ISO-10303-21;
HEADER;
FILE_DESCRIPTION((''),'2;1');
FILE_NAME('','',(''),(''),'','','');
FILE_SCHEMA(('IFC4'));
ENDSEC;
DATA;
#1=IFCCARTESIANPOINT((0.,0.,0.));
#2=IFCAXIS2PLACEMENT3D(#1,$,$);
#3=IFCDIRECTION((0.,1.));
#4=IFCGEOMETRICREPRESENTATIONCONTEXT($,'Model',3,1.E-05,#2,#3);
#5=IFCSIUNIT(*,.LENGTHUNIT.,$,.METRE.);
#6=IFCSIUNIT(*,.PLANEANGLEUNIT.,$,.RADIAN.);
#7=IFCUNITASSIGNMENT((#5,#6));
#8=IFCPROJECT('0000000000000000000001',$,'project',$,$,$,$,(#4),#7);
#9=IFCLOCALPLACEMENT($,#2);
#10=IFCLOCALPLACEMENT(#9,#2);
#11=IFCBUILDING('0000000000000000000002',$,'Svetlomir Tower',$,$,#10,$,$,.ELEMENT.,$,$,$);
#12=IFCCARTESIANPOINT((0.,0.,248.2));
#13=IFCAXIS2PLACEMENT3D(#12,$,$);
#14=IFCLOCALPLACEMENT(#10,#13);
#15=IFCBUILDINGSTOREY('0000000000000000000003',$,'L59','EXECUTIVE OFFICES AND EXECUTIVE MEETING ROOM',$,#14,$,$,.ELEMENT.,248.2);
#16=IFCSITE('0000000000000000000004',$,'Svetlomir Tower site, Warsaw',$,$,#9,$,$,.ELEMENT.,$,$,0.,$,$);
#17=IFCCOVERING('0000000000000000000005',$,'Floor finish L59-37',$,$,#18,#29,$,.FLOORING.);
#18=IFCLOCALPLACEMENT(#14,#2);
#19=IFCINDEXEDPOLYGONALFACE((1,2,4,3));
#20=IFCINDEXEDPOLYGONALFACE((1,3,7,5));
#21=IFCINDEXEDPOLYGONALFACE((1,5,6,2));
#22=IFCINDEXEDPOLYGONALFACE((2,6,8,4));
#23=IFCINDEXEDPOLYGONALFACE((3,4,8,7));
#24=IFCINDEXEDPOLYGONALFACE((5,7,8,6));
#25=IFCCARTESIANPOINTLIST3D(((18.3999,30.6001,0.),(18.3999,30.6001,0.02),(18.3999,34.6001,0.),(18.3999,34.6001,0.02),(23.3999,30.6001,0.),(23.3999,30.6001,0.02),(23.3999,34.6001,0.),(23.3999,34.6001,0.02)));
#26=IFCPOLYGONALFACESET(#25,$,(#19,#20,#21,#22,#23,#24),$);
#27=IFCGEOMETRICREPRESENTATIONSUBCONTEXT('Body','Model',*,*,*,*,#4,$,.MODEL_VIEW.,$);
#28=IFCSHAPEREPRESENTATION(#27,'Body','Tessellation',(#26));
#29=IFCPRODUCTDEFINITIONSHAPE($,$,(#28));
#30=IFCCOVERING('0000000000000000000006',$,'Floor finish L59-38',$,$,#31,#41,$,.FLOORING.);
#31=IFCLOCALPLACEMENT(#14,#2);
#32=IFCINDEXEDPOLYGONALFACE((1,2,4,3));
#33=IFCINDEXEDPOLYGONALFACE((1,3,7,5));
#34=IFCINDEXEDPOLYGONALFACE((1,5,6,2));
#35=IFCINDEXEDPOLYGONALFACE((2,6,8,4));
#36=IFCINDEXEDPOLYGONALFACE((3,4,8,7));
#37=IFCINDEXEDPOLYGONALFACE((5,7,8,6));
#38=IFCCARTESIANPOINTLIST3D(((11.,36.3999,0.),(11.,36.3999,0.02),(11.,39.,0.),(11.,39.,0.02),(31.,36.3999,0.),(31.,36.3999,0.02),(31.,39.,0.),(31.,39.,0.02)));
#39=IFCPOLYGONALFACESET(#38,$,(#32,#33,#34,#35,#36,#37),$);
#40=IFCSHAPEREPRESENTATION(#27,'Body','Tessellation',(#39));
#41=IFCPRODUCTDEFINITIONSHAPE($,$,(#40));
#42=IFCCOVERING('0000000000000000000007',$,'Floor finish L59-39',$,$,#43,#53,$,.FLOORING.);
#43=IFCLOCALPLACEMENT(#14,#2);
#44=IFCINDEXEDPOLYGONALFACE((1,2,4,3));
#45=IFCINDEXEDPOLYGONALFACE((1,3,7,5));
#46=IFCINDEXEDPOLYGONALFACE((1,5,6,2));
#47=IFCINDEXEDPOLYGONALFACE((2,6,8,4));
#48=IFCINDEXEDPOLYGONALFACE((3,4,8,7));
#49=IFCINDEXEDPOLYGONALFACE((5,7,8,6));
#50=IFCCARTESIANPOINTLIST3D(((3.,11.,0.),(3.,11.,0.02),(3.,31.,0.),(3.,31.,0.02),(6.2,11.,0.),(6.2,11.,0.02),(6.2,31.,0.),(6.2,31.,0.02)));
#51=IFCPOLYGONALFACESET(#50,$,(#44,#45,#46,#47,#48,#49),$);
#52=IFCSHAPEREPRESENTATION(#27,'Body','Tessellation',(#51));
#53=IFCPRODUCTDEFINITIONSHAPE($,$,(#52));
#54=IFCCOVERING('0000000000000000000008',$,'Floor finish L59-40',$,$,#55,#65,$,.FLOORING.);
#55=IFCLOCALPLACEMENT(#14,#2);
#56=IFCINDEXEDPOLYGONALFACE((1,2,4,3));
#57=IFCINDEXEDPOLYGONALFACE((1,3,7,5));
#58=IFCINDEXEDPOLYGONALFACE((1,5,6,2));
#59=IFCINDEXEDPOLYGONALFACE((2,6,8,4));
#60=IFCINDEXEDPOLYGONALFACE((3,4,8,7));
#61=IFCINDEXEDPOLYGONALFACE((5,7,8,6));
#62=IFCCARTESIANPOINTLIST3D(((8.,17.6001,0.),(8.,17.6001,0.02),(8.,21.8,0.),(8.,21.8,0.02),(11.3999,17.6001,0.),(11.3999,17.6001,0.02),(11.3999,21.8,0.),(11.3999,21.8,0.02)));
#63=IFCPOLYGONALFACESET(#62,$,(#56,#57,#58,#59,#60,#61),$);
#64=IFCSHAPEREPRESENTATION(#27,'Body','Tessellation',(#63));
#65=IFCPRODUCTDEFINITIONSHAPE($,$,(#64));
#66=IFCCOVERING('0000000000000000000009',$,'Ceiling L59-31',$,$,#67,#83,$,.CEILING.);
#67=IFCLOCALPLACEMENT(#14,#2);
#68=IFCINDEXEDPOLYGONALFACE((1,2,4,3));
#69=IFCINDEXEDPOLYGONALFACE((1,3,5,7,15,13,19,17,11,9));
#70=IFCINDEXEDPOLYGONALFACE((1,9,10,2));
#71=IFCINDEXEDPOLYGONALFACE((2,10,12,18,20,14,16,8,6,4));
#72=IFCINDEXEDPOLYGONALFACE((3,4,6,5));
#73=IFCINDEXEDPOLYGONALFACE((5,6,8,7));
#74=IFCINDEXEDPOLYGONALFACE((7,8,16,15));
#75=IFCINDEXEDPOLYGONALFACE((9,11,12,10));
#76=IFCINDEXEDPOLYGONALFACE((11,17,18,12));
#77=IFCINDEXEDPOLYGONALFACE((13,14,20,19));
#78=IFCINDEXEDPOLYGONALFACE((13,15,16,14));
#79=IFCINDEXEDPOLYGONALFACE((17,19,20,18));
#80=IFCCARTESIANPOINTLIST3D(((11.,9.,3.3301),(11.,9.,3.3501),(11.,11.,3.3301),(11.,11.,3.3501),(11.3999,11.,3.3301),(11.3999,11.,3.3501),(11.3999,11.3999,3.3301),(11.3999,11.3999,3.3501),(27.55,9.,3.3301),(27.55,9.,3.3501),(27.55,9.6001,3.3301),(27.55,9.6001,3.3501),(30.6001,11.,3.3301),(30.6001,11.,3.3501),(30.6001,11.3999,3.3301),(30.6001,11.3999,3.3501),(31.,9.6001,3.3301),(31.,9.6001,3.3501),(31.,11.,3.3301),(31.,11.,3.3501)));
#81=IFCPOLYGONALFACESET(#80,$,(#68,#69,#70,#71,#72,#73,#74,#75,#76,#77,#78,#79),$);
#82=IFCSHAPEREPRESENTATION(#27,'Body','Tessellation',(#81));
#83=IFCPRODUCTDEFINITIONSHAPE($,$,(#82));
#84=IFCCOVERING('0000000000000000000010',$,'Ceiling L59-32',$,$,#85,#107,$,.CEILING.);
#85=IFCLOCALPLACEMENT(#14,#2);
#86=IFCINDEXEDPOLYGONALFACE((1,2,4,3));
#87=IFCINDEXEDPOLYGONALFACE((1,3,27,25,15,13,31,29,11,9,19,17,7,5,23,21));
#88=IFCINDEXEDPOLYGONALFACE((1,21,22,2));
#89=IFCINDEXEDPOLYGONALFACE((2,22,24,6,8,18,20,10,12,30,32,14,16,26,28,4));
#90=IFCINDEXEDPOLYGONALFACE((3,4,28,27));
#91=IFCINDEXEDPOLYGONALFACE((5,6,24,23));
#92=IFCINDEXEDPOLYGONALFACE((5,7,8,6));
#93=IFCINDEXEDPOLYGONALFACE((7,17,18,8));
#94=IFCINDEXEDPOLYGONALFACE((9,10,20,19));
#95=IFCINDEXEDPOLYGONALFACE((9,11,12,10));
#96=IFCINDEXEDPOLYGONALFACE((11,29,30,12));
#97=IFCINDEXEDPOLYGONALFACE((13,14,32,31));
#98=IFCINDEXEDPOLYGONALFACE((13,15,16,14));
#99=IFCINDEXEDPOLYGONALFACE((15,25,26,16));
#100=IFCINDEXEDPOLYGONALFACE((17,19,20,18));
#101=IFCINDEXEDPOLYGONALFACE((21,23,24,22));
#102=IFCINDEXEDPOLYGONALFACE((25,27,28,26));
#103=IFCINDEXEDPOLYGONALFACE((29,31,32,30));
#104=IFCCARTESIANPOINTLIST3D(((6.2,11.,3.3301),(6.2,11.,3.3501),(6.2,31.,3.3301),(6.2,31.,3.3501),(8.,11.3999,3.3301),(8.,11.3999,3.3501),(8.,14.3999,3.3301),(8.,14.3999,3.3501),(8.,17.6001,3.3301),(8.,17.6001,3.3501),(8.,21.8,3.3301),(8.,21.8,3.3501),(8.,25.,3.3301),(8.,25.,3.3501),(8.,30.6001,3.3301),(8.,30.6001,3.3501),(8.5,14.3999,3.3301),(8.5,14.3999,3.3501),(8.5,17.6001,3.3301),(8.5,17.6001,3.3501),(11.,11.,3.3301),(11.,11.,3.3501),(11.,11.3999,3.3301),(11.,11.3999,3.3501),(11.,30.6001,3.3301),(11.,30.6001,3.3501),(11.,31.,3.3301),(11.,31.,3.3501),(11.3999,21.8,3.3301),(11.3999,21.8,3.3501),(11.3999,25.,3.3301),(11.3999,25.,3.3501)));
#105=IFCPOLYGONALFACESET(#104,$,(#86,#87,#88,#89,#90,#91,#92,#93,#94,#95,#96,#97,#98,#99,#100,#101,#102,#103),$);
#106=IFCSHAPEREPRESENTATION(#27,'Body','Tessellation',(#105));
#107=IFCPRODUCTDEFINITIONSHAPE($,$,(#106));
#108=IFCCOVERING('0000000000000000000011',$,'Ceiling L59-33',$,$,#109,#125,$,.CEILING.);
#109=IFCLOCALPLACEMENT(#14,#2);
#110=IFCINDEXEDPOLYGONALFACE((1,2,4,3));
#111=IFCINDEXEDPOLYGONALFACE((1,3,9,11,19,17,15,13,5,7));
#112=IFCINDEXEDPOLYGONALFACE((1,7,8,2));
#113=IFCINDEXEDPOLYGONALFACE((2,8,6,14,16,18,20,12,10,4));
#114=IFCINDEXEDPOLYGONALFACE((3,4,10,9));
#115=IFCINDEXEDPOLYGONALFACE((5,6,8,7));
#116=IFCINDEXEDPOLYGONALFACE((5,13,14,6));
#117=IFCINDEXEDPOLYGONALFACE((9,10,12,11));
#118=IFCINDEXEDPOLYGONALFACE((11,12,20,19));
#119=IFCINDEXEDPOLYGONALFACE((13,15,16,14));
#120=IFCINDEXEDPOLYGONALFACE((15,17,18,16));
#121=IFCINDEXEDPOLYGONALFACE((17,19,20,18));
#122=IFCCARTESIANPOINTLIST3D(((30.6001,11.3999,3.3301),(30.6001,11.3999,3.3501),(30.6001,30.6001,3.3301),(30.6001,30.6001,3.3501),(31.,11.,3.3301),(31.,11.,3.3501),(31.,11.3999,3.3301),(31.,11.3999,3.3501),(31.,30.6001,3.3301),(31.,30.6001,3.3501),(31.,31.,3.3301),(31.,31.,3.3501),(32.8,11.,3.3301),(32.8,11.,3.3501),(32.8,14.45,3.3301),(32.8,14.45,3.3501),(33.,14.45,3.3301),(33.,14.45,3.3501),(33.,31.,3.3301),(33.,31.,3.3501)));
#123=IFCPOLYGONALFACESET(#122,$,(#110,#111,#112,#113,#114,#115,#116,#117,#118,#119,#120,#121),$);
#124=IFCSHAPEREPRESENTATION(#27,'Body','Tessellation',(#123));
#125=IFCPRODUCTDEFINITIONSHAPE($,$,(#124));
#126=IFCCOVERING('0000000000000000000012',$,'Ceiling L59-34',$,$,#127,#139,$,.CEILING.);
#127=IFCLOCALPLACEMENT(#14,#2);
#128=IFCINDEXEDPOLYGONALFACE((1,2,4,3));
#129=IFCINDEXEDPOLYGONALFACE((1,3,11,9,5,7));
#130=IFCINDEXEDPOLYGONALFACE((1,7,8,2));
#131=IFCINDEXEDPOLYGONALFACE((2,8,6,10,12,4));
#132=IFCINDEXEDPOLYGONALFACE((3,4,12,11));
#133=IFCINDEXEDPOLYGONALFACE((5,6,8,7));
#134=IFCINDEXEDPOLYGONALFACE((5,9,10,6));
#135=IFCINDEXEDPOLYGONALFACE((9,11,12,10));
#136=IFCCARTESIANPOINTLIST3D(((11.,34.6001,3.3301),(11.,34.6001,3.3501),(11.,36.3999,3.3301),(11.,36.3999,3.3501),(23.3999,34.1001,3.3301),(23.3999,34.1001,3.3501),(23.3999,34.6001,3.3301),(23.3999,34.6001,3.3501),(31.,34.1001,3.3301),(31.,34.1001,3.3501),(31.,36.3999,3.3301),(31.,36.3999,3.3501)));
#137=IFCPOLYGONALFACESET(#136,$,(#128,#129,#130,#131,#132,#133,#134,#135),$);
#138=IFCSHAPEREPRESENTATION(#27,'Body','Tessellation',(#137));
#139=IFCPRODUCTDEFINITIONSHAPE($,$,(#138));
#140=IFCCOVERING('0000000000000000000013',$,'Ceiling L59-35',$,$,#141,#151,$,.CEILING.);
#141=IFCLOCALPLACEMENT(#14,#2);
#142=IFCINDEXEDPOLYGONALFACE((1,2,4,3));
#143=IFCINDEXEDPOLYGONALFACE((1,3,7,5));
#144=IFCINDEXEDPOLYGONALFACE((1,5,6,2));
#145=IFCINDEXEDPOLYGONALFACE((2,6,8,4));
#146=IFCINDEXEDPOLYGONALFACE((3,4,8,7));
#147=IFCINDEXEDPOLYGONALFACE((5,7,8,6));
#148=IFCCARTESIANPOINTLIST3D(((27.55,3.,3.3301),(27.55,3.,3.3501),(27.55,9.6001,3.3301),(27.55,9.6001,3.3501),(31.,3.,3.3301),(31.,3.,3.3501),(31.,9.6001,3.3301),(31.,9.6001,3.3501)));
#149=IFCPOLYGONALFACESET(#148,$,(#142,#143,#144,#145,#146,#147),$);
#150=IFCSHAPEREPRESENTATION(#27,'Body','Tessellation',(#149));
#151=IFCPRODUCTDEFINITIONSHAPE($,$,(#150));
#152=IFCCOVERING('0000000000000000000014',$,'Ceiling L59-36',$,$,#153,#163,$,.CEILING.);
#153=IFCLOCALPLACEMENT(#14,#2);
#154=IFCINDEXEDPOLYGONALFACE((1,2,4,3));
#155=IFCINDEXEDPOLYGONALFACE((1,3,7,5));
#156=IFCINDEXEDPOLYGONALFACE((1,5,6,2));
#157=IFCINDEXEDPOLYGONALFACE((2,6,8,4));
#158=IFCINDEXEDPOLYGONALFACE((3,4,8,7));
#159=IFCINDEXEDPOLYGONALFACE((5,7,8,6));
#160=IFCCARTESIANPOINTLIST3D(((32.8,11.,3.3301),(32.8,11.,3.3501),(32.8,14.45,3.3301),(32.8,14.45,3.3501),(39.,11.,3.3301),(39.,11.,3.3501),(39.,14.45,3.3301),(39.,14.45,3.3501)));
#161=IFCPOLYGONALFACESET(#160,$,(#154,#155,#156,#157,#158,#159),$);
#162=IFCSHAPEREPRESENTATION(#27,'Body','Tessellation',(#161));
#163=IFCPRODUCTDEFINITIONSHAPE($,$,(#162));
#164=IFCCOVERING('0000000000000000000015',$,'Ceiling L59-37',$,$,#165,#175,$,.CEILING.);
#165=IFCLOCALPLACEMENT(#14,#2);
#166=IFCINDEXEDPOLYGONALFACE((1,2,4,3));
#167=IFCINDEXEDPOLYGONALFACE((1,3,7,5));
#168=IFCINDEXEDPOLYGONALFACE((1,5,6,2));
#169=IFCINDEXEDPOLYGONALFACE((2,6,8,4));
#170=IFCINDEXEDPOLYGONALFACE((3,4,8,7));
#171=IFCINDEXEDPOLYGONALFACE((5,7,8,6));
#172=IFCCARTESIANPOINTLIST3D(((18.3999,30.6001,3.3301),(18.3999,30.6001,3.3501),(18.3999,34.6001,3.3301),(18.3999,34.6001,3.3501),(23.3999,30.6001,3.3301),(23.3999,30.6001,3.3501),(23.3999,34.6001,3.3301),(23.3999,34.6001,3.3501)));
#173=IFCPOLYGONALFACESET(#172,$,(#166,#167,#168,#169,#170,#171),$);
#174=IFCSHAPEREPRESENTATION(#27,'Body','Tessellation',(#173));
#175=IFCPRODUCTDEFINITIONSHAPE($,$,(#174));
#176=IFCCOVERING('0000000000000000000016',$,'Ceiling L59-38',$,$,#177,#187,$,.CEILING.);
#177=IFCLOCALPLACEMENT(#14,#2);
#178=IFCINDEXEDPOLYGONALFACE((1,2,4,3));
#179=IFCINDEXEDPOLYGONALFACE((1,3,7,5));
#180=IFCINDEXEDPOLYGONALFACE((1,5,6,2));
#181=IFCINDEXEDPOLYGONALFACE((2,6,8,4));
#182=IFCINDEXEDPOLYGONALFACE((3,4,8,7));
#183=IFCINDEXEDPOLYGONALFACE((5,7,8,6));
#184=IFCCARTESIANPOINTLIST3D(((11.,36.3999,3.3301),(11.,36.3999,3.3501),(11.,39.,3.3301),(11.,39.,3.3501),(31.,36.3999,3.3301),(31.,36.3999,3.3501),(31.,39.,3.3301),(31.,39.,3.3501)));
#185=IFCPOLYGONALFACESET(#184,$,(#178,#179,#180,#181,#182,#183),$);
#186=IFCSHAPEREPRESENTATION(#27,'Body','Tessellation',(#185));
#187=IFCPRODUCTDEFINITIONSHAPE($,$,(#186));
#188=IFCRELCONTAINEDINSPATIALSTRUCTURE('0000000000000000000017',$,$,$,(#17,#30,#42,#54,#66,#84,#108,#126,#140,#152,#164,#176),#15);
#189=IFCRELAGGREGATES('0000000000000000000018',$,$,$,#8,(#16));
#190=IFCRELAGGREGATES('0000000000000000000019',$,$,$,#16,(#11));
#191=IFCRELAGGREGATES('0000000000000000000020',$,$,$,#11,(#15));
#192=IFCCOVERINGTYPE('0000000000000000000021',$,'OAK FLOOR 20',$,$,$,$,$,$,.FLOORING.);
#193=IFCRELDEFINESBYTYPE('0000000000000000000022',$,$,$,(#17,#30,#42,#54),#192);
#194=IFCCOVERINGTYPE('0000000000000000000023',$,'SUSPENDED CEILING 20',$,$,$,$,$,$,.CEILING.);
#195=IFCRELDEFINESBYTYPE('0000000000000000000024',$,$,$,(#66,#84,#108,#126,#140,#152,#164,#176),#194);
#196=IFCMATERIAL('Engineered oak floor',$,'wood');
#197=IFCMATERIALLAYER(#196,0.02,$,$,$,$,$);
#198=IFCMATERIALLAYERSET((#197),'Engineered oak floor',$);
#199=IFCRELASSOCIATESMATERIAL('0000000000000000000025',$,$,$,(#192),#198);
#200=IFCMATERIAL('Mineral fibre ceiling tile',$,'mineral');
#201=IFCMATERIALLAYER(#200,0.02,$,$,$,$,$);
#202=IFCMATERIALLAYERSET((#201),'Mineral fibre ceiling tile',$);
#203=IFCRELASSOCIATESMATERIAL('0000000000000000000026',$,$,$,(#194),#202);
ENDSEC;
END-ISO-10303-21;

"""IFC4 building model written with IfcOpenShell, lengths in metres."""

from ifc_helpers import new_model, si_unit, direction, frame, origin, place, context, subcontext, project, spatial, polyline, outline, extrude, material, layer, layer_set, type_object, element, save


model = new_model("IFC4")

# Units and contexts
model_context = context("Model", 3, precision=1e-05, world=origin(), true_north=direction((0.0, 1.0)))
body_context = subcontext(model_context, "Body", "Model", "MODEL_VIEW")
ifc_project = project(units=[si_unit("LENGTHUNIT", "METRE"), si_unit("PLANEANGLEUNIT", "RADIAN")], contexts=[model_context])

# Site, building, storey
site_placement = place(None, origin())
site = spatial("IfcSite", under=ifc_project, at=site_placement, Name="Svetlomir Tower site, Warsaw", CompositionType="ELEMENT", RefElevation=0.0)
building_placement = place(site_placement, origin())
building = spatial("IfcBuilding", under=site, at=building_placement, Name="Svetlomir Tower", CompositionType="ELEMENT")
storey_placement = place(building_placement, frame((0.0, 0.0, 248.2)))
storey = spatial("IfcBuildingStorey", under=building, at=storey_placement, Name="L59", Description="EXECUTIVE OFFICES AND EXECUTIVE MEETING ROOM", CompositionType="ELEMENT", Elevation=248.2)

# Coverings
ifc_material_1 = material(Name="Engineered oak floor", Category="wood")
ifc_layer_1 = layer(ifc_material_1, 0.02)
ifc_layer_set_1 = layer_set([ifc_layer_1], Name="Engineered oak floor")
covering_type_1 = type_object("IfcCoveringType", Name="OAK FLOOR 20", PredefinedType="FLOORING", material=ifc_layer_set_1)
covering_1_placement = place(storey_placement, origin())
element("IfcCovering", 1, at=covering_1_placement, inside=storey, type_object=covering_type_1, Name="Floor finish L59-37", PredefinedType="FLOORING", context=body_context, shape_type="SweptSolid", body=[
    extrude(outline(polyline([(18.3999, 30.6001), (18.3999, 34.6001), (23.3999, 34.6001), (23.3999, 30.6001), (18.3999, 30.6001)])), origin(), (0.0, 0.0, 1.0), 0.02),
])
covering_2_placement = place(storey_placement, origin())
element("IfcCovering", 2, at=covering_2_placement, inside=storey, type_object=covering_type_1, Name="Floor finish L59-38", PredefinedType="FLOORING", context=body_context, shape_type="SweptSolid", body=[
    extrude(outline(polyline([(31.0, 39.0), (31.0, 36.3999), (11.0, 36.3999), (11.0, 39.0), (31.0, 39.0)])), origin(), (0.0, 0.0, 1.0), 0.02),
])
covering_3_placement = place(storey_placement, origin())
element("IfcCovering", 3, at=covering_3_placement, inside=storey, type_object=covering_type_1, Name="Floor finish L59-39", PredefinedType="FLOORING", context=body_context, shape_type="SweptSolid", body=[
    extrude(outline(polyline([(3.0, 31.0), (6.2, 31.0), (6.2, 11.0), (3.0, 11.0), (3.0, 31.0)])), origin(), (0.0, 0.0, 1.0), 0.02),
])
covering_4_placement = place(storey_placement, origin())
element("IfcCovering", 4, at=covering_4_placement, inside=storey, type_object=covering_type_1, Name="Floor finish L59-40", PredefinedType="FLOORING", context=body_context, shape_type="SweptSolid", body=[
    extrude(outline(polyline([(8.0, 17.6001), (8.0, 21.8), (11.3999, 21.8), (11.3999, 17.6001), (8.0, 17.6001)])), origin(), (0.0, 0.0, 1.0), 0.02),
])
ifc_material_2 = material(Name="Mineral fibre ceiling tile", Category="mineral")
ifc_layer_2 = layer(ifc_material_2, 0.02)
ifc_layer_set_2 = layer_set([ifc_layer_2], Name="Mineral fibre ceiling tile")
covering_type_2 = type_object("IfcCoveringType", Name="SUSPENDED CEILING 20", PredefinedType="CEILING", material=ifc_layer_set_2)
covering_5_placement = place(storey_placement, frame((0.0, 0.0, 3.3301)))
element("IfcCovering", 5, at=covering_5_placement, inside=storey, type_object=covering_type_2, Name="Ceiling L59-31", PredefinedType="CEILING", context=body_context, shape_type="SweptSolid", body=[
    extrude(outline(polyline([(11.0, 11.0), (11.3999, 11.0), (11.3999, 11.3999), (30.6001, 11.3999), (30.6001, 11.0), (31.0, 11.0), (31.0, 9.6001), (27.55, 9.6001), (27.55, 9.0), (11.0, 9.0), (11.0, 11.0)])), origin(), (0.0, 0.0, 1.0), 0.02),
])
covering_6_placement = place(storey_placement, frame((0.0, 0.0, 3.3301)))
element("IfcCovering", 6, at=covering_6_placement, inside=storey, type_object=covering_type_2, Name="Ceiling L59-32", PredefinedType="CEILING", context=body_context, shape_type="SweptSolid", body=[
    extrude(outline(polyline([(6.2, 11.0), (6.2, 31.0), (11.0, 31.0), (11.0, 30.6001), (8.0, 30.6001), (8.0, 25.0), (11.3999, 25.0), (11.3999, 21.8), (8.0, 21.8), (8.0, 17.6001), (8.5, 17.6001), (8.5, 14.3999), (8.0, 14.3999), (8.0, 11.3999), (11.0, 11.3999), (11.0, 11.0), (6.2, 11.0)])), origin(), (0.0, 0.0, 1.0), 0.02),
])
covering_7_placement = place(storey_placement, frame((0.0, 0.0, 3.3301)))
element("IfcCovering", 7, at=covering_7_placement, inside=storey, type_object=covering_type_2, Name="Ceiling L59-33", PredefinedType="CEILING", context=body_context, shape_type="SweptSolid", body=[
    extrude(outline(polyline([(30.6001, 30.6001), (31.0, 30.6001), (31.0, 31.0), (33.0, 31.0), (33.0, 14.45), (32.8, 14.45), (32.8, 11.0), (31.0, 11.0), (31.0, 11.3999), (30.6001, 11.3999), (30.6001, 30.6001)])), origin(), (0.0, 0.0, 1.0), 0.02),
])
covering_8_placement = place(storey_placement, frame((0.0, 0.0, 3.3301)))
element("IfcCovering", 8, at=covering_8_placement, inside=storey, type_object=covering_type_2, Name="Ceiling L59-34", PredefinedType="CEILING", context=body_context, shape_type="SweptSolid", body=[
    extrude(outline(polyline([(11.0, 34.6001), (11.0, 36.3999), (31.0, 36.3999), (31.0, 34.1001), (23.3999, 34.1001), (23.3999, 34.6001), (11.0, 34.6001)])), origin(), (0.0, 0.0, 1.0), 0.02),
])
covering_9_placement = place(storey_placement, frame((0.0, 0.0, 3.3301)))
element("IfcCovering", 9, at=covering_9_placement, inside=storey, type_object=covering_type_2, Name="Ceiling L59-35", PredefinedType="CEILING", context=body_context, shape_type="SweptSolid", body=[
    extrude(outline(polyline([(27.55, 3.0), (27.55, 9.6001), (31.0, 9.6001), (31.0, 3.0), (27.55, 3.0)])), origin(), (0.0, 0.0, 1.0), 0.02),
])
covering_10_placement = place(storey_placement, frame((0.0, 0.0, 3.3301)))
element("IfcCovering", 10, at=covering_10_placement, inside=storey, type_object=covering_type_2, Name="Ceiling L59-36", PredefinedType="CEILING", context=body_context, shape_type="SweptSolid", body=[
    extrude(outline(polyline([(32.8, 14.45), (39.0, 14.45), (39.0, 11.0), (32.8, 11.0), (32.8, 14.45)])), origin(), (0.0, 0.0, 1.0), 0.02),
])
covering_11_placement = place(storey_placement, frame((0.0, 0.0, 3.3301)))
element("IfcCovering", 11, at=covering_11_placement, inside=storey, type_object=covering_type_2, Name="Ceiling L59-37", PredefinedType="CEILING", context=body_context, shape_type="SweptSolid", body=[
    extrude(outline(polyline([(18.3999, 30.6001), (18.3999, 34.6001), (23.3999, 34.6001), (23.3999, 30.6001), (18.3999, 30.6001)])), origin(), (0.0, 0.0, 1.0), 0.02),
])
covering_12_placement = place(storey_placement, frame((0.0, 0.0, 3.3301)))
element("IfcCovering", 12, at=covering_12_placement, inside=storey, type_object=covering_type_2, Name="Ceiling L59-38", PredefinedType="CEILING", context=body_context, shape_type="SweptSolid", body=[
    extrude(outline(polyline([(31.0, 39.0), (31.0, 36.3999), (11.0, 36.3999), (11.0, 39.0), (31.0, 39.0)])), origin(), (0.0, 0.0, 1.0), 0.02),
])

save(model, "model.ifc")
